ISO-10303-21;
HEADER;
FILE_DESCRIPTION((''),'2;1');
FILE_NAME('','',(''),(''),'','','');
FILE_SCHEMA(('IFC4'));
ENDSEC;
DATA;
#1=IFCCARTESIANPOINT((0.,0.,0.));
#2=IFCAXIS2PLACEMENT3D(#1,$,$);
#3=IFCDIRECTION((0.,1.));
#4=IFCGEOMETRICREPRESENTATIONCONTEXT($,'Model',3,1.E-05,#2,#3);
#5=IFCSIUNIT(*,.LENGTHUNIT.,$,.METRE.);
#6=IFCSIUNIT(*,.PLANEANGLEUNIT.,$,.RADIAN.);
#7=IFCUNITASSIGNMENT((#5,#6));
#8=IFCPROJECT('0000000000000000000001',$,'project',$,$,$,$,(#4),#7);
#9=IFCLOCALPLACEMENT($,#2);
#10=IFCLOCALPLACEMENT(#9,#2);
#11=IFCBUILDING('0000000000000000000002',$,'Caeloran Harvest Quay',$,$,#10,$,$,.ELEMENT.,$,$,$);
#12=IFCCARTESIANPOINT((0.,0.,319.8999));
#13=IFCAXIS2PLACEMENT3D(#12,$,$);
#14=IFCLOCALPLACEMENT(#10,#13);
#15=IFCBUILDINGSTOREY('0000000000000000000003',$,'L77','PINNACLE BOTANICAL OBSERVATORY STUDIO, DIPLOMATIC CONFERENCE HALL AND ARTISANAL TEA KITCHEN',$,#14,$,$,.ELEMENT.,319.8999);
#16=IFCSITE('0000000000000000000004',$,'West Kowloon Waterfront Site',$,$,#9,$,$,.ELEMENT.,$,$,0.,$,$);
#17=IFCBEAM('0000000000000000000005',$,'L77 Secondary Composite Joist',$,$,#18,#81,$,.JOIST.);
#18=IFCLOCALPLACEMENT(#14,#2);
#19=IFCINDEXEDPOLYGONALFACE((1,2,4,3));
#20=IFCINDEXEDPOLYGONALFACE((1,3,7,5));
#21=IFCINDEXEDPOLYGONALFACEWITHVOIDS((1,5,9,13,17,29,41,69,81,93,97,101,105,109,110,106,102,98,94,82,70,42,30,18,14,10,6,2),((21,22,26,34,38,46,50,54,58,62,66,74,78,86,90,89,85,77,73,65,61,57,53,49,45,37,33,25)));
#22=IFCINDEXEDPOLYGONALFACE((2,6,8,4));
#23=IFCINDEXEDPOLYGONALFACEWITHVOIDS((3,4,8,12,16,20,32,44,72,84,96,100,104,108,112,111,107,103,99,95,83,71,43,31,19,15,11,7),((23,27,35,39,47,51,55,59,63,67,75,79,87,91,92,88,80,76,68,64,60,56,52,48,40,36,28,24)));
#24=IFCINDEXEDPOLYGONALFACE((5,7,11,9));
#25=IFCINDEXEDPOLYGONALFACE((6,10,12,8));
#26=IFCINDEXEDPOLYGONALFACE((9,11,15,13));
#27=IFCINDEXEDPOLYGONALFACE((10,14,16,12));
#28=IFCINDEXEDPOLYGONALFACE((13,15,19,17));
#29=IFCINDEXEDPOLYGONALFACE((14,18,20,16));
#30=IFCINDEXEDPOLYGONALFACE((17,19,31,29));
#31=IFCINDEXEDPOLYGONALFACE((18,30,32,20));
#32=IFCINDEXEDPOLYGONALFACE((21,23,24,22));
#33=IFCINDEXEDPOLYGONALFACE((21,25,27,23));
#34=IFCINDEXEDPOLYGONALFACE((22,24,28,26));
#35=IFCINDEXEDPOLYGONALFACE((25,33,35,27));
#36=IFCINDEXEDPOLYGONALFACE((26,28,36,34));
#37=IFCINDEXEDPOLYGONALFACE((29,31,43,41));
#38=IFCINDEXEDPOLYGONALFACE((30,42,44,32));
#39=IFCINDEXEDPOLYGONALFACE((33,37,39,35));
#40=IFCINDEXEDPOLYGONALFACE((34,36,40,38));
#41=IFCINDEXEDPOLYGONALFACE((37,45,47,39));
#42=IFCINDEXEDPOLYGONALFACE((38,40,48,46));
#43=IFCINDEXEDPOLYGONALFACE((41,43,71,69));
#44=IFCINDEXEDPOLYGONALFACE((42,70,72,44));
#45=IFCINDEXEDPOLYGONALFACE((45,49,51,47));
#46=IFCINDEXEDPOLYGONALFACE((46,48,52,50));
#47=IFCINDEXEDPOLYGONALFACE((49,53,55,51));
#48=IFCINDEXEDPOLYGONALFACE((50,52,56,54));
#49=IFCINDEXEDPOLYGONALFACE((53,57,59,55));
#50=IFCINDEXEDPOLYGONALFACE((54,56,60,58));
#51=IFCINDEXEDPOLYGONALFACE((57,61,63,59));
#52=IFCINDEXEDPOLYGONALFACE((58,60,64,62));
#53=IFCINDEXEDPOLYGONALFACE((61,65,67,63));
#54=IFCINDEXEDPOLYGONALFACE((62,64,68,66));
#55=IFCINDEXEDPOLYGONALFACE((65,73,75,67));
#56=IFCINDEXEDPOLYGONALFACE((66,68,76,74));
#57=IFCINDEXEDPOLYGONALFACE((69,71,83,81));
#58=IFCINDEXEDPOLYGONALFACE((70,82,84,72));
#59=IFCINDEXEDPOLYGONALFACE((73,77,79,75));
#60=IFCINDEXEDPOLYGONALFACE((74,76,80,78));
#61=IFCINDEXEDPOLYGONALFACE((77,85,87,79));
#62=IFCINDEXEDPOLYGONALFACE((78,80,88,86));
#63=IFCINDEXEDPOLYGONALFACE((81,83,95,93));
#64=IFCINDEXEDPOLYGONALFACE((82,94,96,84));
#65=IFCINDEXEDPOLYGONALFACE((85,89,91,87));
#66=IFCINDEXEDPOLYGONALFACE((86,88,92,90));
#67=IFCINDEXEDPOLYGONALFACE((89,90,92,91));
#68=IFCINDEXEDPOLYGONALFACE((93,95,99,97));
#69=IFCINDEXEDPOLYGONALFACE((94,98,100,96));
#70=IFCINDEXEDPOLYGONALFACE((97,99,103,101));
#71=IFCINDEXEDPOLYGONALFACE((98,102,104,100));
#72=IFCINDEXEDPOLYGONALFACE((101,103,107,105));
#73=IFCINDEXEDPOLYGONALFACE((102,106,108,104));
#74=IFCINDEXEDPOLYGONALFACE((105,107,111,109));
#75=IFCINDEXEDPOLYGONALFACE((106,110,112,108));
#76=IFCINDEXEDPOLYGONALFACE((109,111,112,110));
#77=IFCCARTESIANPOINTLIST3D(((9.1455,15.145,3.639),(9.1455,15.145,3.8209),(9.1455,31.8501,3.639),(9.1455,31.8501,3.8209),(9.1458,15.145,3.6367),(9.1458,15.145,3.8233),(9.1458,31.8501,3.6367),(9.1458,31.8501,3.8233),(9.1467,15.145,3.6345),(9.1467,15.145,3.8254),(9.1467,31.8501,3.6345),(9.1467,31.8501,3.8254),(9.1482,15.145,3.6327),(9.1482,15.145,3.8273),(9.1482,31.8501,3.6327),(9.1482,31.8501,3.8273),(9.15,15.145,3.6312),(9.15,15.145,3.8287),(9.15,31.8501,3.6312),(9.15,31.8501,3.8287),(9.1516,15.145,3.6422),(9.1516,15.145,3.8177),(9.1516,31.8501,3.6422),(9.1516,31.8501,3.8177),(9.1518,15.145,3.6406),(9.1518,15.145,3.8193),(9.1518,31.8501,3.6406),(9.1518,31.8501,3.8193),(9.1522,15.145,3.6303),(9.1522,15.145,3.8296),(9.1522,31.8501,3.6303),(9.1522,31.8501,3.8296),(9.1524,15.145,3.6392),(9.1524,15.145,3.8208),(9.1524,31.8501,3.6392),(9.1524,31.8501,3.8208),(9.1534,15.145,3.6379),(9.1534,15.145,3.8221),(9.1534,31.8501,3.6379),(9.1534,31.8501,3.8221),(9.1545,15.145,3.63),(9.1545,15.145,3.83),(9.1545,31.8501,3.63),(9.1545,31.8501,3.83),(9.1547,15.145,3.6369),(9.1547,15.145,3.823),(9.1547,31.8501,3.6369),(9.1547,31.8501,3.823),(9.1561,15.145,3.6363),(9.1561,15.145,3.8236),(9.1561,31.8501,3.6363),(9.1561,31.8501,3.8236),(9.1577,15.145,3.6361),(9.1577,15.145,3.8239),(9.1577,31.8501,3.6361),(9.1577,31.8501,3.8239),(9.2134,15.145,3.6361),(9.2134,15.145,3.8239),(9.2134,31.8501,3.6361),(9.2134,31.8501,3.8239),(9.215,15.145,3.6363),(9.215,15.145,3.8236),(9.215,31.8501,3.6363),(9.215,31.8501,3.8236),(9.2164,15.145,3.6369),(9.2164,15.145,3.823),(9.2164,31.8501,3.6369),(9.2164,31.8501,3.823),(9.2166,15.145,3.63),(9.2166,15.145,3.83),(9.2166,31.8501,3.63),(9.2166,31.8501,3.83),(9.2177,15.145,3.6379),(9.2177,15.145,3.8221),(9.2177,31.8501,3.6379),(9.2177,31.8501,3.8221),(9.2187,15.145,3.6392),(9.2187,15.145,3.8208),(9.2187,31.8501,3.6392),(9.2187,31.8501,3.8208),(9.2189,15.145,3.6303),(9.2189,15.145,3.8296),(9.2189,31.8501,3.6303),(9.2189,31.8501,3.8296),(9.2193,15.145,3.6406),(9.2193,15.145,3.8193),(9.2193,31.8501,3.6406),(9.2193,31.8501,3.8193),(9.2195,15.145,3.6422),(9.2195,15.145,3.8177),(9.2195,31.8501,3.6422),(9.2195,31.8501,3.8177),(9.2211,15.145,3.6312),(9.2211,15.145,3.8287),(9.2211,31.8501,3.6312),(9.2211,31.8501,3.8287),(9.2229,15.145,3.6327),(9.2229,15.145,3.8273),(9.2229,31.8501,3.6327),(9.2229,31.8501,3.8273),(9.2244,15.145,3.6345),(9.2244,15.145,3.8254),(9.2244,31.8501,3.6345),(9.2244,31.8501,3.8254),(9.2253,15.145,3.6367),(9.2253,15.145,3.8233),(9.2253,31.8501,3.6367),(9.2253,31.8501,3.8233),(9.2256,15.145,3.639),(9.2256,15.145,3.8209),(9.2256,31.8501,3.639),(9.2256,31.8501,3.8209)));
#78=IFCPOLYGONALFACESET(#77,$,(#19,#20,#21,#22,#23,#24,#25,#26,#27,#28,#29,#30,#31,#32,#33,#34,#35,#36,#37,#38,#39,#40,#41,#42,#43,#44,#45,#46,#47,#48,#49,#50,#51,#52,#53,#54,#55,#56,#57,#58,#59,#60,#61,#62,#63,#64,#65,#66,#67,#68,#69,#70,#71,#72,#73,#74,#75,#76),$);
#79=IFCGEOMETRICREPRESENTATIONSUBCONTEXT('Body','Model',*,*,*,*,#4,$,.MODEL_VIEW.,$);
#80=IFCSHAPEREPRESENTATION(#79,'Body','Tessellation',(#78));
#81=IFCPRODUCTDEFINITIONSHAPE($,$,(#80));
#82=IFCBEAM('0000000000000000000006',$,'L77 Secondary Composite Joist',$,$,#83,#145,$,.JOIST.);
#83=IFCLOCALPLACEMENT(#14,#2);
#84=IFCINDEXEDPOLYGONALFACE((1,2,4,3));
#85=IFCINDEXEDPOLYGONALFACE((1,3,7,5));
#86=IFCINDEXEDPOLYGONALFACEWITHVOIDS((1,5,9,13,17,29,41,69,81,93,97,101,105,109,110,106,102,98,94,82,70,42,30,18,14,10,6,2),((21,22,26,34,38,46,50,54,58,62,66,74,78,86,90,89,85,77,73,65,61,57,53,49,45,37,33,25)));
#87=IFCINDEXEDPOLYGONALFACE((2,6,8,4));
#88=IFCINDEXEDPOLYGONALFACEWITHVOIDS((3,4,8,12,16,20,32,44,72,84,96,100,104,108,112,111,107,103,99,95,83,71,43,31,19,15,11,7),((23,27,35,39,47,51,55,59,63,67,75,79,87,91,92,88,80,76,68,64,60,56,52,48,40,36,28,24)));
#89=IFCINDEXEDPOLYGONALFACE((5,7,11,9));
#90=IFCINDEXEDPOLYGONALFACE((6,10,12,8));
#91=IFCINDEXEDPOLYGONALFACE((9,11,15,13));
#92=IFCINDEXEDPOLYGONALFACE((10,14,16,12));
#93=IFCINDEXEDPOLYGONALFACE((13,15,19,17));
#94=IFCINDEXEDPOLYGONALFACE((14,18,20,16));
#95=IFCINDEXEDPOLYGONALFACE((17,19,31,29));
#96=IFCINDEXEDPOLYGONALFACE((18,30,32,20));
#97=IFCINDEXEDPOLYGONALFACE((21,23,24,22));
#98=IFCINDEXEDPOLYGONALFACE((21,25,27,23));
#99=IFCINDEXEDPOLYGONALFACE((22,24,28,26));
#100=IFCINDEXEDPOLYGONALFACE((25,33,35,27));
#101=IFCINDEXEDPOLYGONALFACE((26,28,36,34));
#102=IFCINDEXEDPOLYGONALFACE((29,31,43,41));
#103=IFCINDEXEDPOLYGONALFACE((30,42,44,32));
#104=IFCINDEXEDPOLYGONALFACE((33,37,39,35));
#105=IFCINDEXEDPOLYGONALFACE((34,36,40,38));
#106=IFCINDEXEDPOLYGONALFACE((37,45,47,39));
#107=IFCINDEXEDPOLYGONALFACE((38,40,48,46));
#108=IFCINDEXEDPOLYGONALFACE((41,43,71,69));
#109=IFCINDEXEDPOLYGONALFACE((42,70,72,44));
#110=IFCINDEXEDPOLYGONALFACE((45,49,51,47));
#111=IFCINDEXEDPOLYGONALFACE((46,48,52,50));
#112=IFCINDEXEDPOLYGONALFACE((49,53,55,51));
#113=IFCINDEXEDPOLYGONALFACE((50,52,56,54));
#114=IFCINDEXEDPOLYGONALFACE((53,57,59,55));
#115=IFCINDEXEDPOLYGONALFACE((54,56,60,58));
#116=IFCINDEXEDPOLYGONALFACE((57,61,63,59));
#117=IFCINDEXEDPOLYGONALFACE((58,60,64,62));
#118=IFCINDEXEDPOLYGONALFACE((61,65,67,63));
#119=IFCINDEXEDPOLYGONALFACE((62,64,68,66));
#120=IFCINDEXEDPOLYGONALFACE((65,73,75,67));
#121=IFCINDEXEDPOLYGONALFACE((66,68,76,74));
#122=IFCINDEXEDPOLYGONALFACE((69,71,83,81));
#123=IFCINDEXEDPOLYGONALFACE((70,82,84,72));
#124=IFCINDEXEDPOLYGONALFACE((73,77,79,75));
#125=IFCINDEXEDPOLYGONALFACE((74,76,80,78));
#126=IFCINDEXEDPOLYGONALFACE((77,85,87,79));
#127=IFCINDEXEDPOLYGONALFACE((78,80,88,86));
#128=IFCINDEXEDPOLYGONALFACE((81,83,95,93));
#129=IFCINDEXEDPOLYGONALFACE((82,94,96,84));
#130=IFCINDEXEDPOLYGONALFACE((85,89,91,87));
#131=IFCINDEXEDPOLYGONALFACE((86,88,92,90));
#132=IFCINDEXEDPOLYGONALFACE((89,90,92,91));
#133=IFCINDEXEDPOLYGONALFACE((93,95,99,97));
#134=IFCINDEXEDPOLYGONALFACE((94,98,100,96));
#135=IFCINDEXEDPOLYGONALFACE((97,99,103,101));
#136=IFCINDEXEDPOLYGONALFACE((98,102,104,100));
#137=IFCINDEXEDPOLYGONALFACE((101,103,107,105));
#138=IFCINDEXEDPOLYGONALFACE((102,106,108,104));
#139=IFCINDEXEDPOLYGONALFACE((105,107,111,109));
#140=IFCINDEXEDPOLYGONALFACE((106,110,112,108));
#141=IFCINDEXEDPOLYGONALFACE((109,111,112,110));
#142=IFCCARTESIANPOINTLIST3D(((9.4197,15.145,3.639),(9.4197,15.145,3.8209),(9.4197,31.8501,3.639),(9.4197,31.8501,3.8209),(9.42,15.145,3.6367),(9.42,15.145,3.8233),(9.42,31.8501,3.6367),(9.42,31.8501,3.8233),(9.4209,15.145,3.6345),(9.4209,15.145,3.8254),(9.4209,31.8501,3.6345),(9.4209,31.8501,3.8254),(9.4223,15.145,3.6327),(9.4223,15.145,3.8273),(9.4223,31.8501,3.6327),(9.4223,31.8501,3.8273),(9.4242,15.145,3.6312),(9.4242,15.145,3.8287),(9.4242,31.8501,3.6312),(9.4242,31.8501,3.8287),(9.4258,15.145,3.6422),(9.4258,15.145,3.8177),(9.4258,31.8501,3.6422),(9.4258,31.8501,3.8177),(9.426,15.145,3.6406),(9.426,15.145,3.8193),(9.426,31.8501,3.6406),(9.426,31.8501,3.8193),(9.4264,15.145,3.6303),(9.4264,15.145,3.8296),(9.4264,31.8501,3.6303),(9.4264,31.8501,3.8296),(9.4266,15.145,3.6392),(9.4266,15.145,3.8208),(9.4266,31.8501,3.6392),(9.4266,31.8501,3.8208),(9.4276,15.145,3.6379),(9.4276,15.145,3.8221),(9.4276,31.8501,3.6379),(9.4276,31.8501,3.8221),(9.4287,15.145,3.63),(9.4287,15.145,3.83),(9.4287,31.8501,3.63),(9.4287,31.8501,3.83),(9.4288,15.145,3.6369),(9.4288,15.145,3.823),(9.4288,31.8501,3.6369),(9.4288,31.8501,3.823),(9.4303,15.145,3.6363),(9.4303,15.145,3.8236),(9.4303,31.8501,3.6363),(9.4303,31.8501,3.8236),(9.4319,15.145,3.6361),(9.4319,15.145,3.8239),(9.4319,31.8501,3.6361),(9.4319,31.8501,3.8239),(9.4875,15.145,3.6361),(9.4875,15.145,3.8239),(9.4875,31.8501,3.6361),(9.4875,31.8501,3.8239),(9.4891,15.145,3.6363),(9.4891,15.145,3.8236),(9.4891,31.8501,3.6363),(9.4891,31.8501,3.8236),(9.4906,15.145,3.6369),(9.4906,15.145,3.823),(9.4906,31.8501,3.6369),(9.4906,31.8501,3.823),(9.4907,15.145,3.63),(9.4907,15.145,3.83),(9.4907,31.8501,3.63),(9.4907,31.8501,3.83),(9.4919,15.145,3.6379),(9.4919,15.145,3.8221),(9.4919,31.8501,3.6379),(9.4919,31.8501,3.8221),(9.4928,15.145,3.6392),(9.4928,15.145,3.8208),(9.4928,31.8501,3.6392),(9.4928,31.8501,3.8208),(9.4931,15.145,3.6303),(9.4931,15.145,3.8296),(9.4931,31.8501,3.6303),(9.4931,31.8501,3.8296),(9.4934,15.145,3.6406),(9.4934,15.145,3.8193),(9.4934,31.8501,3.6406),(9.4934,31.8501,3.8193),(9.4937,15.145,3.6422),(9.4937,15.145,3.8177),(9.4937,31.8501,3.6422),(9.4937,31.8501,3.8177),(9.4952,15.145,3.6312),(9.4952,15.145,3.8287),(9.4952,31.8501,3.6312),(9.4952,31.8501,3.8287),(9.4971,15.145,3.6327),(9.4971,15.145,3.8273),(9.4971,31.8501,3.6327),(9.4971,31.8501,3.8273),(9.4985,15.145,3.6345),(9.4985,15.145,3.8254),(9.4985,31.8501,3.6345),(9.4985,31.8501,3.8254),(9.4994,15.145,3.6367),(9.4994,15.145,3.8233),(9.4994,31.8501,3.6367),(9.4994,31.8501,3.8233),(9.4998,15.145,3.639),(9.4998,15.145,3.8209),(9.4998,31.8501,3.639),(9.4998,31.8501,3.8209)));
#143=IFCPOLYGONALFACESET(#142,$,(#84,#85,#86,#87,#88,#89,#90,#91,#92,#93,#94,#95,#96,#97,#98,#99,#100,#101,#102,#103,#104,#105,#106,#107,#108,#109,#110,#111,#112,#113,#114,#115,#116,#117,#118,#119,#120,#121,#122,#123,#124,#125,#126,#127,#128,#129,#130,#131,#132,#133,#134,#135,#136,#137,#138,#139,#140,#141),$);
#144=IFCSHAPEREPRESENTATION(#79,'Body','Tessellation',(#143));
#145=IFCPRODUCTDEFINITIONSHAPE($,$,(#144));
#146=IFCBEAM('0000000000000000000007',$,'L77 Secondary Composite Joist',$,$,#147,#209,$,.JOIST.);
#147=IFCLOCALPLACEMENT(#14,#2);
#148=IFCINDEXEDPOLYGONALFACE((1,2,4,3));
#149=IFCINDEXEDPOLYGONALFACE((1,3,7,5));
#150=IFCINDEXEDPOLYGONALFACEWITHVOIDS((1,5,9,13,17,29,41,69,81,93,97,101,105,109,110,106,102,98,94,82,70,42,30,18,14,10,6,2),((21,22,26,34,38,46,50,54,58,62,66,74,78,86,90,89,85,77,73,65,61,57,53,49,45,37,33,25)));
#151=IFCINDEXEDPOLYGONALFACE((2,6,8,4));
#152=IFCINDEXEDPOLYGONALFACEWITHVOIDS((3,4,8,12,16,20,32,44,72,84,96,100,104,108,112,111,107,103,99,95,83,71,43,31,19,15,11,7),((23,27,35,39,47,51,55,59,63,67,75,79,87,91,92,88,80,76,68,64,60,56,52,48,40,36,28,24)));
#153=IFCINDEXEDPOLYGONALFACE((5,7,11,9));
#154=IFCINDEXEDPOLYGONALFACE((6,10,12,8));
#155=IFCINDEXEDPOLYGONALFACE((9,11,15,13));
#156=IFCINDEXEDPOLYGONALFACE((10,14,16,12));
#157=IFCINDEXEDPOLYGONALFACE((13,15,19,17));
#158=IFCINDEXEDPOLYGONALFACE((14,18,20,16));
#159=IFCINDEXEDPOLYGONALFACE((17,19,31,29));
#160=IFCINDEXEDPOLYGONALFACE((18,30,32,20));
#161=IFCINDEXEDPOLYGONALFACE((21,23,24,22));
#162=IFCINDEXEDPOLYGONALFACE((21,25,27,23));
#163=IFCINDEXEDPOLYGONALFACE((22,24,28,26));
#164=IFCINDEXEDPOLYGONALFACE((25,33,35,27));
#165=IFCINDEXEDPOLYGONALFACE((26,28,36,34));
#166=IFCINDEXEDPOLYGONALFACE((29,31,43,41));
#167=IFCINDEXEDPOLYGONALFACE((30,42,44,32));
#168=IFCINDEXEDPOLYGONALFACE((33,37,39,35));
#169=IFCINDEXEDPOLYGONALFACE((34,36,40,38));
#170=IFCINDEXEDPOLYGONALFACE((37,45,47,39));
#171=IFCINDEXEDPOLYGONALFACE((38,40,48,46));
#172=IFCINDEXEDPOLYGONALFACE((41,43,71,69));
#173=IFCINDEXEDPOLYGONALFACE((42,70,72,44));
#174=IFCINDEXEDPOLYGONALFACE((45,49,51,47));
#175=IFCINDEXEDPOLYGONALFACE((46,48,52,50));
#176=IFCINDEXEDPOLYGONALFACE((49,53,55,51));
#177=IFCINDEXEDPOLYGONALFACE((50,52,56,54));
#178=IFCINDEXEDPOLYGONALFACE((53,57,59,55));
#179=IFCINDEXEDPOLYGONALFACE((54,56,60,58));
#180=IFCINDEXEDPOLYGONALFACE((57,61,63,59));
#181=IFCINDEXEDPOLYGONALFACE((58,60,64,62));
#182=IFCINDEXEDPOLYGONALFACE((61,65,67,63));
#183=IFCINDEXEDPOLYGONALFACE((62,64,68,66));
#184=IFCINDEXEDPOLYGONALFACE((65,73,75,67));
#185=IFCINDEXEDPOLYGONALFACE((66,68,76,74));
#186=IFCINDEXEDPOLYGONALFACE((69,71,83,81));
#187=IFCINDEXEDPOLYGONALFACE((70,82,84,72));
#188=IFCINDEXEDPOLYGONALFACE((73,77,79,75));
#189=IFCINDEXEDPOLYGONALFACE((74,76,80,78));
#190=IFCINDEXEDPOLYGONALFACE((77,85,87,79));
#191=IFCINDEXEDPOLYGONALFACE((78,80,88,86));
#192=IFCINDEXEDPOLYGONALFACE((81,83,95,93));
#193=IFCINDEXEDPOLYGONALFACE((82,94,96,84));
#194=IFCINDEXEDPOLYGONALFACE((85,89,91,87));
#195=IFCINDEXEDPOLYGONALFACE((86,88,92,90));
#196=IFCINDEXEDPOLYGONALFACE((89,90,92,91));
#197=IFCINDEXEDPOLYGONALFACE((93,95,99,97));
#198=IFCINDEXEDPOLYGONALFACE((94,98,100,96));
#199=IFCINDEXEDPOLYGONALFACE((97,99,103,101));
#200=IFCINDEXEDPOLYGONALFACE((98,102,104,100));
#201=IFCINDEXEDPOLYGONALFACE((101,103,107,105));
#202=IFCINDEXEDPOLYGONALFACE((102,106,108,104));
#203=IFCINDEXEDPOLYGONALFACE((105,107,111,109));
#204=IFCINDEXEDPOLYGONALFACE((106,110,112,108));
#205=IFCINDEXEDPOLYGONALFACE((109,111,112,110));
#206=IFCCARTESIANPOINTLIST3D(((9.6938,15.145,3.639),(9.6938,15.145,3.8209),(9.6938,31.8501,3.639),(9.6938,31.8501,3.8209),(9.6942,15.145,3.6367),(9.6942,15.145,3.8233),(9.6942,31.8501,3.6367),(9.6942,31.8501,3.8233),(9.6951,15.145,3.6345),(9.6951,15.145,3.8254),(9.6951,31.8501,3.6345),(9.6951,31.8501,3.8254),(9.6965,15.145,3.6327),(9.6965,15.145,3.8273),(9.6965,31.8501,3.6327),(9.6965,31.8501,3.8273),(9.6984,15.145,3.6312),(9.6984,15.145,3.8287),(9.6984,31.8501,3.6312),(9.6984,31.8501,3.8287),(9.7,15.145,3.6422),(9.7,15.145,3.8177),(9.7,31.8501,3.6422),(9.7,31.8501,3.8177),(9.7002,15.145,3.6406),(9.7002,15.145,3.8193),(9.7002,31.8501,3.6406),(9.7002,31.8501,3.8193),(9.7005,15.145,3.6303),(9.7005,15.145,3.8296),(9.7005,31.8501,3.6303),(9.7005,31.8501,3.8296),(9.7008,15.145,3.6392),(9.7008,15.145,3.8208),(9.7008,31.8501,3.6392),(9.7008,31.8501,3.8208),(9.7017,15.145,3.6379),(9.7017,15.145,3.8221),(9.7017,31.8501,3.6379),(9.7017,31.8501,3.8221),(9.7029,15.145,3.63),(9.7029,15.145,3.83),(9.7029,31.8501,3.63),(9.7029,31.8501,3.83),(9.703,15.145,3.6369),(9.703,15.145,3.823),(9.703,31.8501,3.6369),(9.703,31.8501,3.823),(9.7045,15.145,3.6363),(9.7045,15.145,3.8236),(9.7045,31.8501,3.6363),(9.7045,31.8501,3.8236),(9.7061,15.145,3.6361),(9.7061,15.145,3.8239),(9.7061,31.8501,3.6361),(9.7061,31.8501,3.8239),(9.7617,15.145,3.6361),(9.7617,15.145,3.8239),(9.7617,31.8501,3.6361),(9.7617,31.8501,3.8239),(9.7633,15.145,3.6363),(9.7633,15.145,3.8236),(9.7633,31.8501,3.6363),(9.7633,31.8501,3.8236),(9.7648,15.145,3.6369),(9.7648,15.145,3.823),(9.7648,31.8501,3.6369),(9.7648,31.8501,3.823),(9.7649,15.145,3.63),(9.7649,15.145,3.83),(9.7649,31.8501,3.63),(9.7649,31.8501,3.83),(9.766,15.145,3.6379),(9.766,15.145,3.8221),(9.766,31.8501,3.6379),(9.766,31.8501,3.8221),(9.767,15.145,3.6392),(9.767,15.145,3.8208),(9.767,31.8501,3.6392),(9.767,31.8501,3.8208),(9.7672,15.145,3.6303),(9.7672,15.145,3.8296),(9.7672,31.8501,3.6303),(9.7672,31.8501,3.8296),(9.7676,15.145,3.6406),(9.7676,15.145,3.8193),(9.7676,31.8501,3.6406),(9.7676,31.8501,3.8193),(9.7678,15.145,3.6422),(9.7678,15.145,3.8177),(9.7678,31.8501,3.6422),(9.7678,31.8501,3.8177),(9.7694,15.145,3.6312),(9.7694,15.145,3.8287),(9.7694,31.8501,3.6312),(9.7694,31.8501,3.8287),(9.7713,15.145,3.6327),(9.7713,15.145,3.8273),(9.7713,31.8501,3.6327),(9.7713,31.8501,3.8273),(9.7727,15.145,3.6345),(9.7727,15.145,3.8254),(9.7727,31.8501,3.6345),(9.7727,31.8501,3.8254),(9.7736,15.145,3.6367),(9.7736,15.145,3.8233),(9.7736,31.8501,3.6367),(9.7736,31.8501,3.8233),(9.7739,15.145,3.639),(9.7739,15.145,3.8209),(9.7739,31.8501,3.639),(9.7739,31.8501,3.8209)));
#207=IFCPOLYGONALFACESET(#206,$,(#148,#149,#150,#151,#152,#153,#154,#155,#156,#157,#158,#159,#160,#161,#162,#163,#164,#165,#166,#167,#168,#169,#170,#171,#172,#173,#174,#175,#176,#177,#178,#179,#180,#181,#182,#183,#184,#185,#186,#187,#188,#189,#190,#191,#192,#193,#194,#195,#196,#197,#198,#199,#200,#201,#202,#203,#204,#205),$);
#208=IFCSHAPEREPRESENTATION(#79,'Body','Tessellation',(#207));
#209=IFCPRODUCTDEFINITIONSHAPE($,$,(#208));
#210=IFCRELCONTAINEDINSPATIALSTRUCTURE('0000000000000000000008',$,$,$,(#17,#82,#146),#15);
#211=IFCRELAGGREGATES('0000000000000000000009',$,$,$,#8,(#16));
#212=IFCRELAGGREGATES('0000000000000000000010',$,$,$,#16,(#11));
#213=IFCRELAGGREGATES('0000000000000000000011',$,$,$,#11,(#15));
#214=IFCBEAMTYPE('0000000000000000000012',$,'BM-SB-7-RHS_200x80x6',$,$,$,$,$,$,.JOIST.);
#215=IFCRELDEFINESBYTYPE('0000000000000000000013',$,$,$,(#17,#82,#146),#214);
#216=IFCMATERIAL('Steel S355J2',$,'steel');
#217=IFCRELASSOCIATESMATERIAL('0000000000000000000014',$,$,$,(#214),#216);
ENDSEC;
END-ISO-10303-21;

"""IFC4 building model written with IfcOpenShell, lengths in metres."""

from ifc_helpers import new_model, si_unit, direction, frame, origin, origin_2d, place, context, subcontext, project, spatial, hollow_rectangle, extrude, material, material_profile, profile_set, type_object, element, save


model = new_model("IFC4")

# Units and contexts
model_context = context("Model", 3, precision=1e-05, world=origin(), true_north=direction((0.0, 1.0)))
body_context = subcontext(model_context, "Body", "Model", "MODEL_VIEW")
ifc_project = project(units=[si_unit("LENGTHUNIT", "METRE"), si_unit("PLANEANGLEUNIT", "RADIAN")], contexts=[model_context])

# Site, building, storey
site_placement = place(None, origin())
site = spatial("IfcSite", under=ifc_project, at=site_placement, Name="West Kowloon Waterfront Site", CompositionType="ELEMENT", RefElevation=0.0)
building_placement = place(site_placement, origin())
building = spatial("IfcBuilding", under=site, at=building_placement, Name="Caeloran Harvest Quay", CompositionType="ELEMENT")
storey_placement = place(building_placement, frame((0.0, 0.0, 319.8999)))
storey = spatial("IfcBuildingStorey", under=building, at=storey_placement, Name="L77", Description="PINNACLE BOTANICAL OBSERVATORY STUDIO, DIPLOMATIC CONFERENCE HALL AND ARTISANAL TEA KITCHEN", CompositionType="ELEMENT", Elevation=319.8999)

# Beams
ifc_material_1 = material(Name="Steel S355J2", Category="steel")
ifc_material_profile_1 = material_profile(ifc_material_1, hollow_rectangle(XDim=0.0801, YDim=0.2, WallThickness=0.0061, InnerFilletRadius=0.0061, OuterFilletRadius=0.009, at=origin_2d()), Name="RHS 200x80x6")
ifc_profile_set_1 = profile_set([ifc_material_profile_1], Name="Steel S355J2")
beam_type_1 = type_object("IfcBeamType", Name="BM-SB-7-RHS_200x80x6", PredefinedType="JOIST", material=ifc_profile_set_1)
for number, where, z_axis, x_axis, name in (
    (1, (9.1855, 15.145, 3.73), (0.0, 1.0, 0.0), (-1.0, 0.0, 0.0), "L77 Secondary Composite Joist"),
    (2, (9.4597, 15.145, 3.73), (0.0, 1.0, 0.0), (-1.0, 0.0, 0.0), "L77 Secondary Composite Joist"),
    (3, (9.7339, 15.145, 3.73), (0.0, 1.0, 0.0), (-1.0, 0.0, 0.0), "L77 Secondary Composite Joist"),
):
    element("IfcBeam", number, at=place(storey_placement, frame(where, z_axis=z_axis, x_axis=x_axis)), inside=storey, type_object=beam_type_1, Name=name, PredefinedType="JOIST", context=body_context, shape_type="SweptSolid", body=[
        extrude(hollow_rectangle(XDim=0.0801, YDim=0.2, WallThickness=0.0061, InnerFilletRadius=0.0061, OuterFilletRadius=0.009, at=origin_2d()), origin(), (0.0, 0.0, 1.0), 16.7051),
    ])

save(model, "model.ifc")
